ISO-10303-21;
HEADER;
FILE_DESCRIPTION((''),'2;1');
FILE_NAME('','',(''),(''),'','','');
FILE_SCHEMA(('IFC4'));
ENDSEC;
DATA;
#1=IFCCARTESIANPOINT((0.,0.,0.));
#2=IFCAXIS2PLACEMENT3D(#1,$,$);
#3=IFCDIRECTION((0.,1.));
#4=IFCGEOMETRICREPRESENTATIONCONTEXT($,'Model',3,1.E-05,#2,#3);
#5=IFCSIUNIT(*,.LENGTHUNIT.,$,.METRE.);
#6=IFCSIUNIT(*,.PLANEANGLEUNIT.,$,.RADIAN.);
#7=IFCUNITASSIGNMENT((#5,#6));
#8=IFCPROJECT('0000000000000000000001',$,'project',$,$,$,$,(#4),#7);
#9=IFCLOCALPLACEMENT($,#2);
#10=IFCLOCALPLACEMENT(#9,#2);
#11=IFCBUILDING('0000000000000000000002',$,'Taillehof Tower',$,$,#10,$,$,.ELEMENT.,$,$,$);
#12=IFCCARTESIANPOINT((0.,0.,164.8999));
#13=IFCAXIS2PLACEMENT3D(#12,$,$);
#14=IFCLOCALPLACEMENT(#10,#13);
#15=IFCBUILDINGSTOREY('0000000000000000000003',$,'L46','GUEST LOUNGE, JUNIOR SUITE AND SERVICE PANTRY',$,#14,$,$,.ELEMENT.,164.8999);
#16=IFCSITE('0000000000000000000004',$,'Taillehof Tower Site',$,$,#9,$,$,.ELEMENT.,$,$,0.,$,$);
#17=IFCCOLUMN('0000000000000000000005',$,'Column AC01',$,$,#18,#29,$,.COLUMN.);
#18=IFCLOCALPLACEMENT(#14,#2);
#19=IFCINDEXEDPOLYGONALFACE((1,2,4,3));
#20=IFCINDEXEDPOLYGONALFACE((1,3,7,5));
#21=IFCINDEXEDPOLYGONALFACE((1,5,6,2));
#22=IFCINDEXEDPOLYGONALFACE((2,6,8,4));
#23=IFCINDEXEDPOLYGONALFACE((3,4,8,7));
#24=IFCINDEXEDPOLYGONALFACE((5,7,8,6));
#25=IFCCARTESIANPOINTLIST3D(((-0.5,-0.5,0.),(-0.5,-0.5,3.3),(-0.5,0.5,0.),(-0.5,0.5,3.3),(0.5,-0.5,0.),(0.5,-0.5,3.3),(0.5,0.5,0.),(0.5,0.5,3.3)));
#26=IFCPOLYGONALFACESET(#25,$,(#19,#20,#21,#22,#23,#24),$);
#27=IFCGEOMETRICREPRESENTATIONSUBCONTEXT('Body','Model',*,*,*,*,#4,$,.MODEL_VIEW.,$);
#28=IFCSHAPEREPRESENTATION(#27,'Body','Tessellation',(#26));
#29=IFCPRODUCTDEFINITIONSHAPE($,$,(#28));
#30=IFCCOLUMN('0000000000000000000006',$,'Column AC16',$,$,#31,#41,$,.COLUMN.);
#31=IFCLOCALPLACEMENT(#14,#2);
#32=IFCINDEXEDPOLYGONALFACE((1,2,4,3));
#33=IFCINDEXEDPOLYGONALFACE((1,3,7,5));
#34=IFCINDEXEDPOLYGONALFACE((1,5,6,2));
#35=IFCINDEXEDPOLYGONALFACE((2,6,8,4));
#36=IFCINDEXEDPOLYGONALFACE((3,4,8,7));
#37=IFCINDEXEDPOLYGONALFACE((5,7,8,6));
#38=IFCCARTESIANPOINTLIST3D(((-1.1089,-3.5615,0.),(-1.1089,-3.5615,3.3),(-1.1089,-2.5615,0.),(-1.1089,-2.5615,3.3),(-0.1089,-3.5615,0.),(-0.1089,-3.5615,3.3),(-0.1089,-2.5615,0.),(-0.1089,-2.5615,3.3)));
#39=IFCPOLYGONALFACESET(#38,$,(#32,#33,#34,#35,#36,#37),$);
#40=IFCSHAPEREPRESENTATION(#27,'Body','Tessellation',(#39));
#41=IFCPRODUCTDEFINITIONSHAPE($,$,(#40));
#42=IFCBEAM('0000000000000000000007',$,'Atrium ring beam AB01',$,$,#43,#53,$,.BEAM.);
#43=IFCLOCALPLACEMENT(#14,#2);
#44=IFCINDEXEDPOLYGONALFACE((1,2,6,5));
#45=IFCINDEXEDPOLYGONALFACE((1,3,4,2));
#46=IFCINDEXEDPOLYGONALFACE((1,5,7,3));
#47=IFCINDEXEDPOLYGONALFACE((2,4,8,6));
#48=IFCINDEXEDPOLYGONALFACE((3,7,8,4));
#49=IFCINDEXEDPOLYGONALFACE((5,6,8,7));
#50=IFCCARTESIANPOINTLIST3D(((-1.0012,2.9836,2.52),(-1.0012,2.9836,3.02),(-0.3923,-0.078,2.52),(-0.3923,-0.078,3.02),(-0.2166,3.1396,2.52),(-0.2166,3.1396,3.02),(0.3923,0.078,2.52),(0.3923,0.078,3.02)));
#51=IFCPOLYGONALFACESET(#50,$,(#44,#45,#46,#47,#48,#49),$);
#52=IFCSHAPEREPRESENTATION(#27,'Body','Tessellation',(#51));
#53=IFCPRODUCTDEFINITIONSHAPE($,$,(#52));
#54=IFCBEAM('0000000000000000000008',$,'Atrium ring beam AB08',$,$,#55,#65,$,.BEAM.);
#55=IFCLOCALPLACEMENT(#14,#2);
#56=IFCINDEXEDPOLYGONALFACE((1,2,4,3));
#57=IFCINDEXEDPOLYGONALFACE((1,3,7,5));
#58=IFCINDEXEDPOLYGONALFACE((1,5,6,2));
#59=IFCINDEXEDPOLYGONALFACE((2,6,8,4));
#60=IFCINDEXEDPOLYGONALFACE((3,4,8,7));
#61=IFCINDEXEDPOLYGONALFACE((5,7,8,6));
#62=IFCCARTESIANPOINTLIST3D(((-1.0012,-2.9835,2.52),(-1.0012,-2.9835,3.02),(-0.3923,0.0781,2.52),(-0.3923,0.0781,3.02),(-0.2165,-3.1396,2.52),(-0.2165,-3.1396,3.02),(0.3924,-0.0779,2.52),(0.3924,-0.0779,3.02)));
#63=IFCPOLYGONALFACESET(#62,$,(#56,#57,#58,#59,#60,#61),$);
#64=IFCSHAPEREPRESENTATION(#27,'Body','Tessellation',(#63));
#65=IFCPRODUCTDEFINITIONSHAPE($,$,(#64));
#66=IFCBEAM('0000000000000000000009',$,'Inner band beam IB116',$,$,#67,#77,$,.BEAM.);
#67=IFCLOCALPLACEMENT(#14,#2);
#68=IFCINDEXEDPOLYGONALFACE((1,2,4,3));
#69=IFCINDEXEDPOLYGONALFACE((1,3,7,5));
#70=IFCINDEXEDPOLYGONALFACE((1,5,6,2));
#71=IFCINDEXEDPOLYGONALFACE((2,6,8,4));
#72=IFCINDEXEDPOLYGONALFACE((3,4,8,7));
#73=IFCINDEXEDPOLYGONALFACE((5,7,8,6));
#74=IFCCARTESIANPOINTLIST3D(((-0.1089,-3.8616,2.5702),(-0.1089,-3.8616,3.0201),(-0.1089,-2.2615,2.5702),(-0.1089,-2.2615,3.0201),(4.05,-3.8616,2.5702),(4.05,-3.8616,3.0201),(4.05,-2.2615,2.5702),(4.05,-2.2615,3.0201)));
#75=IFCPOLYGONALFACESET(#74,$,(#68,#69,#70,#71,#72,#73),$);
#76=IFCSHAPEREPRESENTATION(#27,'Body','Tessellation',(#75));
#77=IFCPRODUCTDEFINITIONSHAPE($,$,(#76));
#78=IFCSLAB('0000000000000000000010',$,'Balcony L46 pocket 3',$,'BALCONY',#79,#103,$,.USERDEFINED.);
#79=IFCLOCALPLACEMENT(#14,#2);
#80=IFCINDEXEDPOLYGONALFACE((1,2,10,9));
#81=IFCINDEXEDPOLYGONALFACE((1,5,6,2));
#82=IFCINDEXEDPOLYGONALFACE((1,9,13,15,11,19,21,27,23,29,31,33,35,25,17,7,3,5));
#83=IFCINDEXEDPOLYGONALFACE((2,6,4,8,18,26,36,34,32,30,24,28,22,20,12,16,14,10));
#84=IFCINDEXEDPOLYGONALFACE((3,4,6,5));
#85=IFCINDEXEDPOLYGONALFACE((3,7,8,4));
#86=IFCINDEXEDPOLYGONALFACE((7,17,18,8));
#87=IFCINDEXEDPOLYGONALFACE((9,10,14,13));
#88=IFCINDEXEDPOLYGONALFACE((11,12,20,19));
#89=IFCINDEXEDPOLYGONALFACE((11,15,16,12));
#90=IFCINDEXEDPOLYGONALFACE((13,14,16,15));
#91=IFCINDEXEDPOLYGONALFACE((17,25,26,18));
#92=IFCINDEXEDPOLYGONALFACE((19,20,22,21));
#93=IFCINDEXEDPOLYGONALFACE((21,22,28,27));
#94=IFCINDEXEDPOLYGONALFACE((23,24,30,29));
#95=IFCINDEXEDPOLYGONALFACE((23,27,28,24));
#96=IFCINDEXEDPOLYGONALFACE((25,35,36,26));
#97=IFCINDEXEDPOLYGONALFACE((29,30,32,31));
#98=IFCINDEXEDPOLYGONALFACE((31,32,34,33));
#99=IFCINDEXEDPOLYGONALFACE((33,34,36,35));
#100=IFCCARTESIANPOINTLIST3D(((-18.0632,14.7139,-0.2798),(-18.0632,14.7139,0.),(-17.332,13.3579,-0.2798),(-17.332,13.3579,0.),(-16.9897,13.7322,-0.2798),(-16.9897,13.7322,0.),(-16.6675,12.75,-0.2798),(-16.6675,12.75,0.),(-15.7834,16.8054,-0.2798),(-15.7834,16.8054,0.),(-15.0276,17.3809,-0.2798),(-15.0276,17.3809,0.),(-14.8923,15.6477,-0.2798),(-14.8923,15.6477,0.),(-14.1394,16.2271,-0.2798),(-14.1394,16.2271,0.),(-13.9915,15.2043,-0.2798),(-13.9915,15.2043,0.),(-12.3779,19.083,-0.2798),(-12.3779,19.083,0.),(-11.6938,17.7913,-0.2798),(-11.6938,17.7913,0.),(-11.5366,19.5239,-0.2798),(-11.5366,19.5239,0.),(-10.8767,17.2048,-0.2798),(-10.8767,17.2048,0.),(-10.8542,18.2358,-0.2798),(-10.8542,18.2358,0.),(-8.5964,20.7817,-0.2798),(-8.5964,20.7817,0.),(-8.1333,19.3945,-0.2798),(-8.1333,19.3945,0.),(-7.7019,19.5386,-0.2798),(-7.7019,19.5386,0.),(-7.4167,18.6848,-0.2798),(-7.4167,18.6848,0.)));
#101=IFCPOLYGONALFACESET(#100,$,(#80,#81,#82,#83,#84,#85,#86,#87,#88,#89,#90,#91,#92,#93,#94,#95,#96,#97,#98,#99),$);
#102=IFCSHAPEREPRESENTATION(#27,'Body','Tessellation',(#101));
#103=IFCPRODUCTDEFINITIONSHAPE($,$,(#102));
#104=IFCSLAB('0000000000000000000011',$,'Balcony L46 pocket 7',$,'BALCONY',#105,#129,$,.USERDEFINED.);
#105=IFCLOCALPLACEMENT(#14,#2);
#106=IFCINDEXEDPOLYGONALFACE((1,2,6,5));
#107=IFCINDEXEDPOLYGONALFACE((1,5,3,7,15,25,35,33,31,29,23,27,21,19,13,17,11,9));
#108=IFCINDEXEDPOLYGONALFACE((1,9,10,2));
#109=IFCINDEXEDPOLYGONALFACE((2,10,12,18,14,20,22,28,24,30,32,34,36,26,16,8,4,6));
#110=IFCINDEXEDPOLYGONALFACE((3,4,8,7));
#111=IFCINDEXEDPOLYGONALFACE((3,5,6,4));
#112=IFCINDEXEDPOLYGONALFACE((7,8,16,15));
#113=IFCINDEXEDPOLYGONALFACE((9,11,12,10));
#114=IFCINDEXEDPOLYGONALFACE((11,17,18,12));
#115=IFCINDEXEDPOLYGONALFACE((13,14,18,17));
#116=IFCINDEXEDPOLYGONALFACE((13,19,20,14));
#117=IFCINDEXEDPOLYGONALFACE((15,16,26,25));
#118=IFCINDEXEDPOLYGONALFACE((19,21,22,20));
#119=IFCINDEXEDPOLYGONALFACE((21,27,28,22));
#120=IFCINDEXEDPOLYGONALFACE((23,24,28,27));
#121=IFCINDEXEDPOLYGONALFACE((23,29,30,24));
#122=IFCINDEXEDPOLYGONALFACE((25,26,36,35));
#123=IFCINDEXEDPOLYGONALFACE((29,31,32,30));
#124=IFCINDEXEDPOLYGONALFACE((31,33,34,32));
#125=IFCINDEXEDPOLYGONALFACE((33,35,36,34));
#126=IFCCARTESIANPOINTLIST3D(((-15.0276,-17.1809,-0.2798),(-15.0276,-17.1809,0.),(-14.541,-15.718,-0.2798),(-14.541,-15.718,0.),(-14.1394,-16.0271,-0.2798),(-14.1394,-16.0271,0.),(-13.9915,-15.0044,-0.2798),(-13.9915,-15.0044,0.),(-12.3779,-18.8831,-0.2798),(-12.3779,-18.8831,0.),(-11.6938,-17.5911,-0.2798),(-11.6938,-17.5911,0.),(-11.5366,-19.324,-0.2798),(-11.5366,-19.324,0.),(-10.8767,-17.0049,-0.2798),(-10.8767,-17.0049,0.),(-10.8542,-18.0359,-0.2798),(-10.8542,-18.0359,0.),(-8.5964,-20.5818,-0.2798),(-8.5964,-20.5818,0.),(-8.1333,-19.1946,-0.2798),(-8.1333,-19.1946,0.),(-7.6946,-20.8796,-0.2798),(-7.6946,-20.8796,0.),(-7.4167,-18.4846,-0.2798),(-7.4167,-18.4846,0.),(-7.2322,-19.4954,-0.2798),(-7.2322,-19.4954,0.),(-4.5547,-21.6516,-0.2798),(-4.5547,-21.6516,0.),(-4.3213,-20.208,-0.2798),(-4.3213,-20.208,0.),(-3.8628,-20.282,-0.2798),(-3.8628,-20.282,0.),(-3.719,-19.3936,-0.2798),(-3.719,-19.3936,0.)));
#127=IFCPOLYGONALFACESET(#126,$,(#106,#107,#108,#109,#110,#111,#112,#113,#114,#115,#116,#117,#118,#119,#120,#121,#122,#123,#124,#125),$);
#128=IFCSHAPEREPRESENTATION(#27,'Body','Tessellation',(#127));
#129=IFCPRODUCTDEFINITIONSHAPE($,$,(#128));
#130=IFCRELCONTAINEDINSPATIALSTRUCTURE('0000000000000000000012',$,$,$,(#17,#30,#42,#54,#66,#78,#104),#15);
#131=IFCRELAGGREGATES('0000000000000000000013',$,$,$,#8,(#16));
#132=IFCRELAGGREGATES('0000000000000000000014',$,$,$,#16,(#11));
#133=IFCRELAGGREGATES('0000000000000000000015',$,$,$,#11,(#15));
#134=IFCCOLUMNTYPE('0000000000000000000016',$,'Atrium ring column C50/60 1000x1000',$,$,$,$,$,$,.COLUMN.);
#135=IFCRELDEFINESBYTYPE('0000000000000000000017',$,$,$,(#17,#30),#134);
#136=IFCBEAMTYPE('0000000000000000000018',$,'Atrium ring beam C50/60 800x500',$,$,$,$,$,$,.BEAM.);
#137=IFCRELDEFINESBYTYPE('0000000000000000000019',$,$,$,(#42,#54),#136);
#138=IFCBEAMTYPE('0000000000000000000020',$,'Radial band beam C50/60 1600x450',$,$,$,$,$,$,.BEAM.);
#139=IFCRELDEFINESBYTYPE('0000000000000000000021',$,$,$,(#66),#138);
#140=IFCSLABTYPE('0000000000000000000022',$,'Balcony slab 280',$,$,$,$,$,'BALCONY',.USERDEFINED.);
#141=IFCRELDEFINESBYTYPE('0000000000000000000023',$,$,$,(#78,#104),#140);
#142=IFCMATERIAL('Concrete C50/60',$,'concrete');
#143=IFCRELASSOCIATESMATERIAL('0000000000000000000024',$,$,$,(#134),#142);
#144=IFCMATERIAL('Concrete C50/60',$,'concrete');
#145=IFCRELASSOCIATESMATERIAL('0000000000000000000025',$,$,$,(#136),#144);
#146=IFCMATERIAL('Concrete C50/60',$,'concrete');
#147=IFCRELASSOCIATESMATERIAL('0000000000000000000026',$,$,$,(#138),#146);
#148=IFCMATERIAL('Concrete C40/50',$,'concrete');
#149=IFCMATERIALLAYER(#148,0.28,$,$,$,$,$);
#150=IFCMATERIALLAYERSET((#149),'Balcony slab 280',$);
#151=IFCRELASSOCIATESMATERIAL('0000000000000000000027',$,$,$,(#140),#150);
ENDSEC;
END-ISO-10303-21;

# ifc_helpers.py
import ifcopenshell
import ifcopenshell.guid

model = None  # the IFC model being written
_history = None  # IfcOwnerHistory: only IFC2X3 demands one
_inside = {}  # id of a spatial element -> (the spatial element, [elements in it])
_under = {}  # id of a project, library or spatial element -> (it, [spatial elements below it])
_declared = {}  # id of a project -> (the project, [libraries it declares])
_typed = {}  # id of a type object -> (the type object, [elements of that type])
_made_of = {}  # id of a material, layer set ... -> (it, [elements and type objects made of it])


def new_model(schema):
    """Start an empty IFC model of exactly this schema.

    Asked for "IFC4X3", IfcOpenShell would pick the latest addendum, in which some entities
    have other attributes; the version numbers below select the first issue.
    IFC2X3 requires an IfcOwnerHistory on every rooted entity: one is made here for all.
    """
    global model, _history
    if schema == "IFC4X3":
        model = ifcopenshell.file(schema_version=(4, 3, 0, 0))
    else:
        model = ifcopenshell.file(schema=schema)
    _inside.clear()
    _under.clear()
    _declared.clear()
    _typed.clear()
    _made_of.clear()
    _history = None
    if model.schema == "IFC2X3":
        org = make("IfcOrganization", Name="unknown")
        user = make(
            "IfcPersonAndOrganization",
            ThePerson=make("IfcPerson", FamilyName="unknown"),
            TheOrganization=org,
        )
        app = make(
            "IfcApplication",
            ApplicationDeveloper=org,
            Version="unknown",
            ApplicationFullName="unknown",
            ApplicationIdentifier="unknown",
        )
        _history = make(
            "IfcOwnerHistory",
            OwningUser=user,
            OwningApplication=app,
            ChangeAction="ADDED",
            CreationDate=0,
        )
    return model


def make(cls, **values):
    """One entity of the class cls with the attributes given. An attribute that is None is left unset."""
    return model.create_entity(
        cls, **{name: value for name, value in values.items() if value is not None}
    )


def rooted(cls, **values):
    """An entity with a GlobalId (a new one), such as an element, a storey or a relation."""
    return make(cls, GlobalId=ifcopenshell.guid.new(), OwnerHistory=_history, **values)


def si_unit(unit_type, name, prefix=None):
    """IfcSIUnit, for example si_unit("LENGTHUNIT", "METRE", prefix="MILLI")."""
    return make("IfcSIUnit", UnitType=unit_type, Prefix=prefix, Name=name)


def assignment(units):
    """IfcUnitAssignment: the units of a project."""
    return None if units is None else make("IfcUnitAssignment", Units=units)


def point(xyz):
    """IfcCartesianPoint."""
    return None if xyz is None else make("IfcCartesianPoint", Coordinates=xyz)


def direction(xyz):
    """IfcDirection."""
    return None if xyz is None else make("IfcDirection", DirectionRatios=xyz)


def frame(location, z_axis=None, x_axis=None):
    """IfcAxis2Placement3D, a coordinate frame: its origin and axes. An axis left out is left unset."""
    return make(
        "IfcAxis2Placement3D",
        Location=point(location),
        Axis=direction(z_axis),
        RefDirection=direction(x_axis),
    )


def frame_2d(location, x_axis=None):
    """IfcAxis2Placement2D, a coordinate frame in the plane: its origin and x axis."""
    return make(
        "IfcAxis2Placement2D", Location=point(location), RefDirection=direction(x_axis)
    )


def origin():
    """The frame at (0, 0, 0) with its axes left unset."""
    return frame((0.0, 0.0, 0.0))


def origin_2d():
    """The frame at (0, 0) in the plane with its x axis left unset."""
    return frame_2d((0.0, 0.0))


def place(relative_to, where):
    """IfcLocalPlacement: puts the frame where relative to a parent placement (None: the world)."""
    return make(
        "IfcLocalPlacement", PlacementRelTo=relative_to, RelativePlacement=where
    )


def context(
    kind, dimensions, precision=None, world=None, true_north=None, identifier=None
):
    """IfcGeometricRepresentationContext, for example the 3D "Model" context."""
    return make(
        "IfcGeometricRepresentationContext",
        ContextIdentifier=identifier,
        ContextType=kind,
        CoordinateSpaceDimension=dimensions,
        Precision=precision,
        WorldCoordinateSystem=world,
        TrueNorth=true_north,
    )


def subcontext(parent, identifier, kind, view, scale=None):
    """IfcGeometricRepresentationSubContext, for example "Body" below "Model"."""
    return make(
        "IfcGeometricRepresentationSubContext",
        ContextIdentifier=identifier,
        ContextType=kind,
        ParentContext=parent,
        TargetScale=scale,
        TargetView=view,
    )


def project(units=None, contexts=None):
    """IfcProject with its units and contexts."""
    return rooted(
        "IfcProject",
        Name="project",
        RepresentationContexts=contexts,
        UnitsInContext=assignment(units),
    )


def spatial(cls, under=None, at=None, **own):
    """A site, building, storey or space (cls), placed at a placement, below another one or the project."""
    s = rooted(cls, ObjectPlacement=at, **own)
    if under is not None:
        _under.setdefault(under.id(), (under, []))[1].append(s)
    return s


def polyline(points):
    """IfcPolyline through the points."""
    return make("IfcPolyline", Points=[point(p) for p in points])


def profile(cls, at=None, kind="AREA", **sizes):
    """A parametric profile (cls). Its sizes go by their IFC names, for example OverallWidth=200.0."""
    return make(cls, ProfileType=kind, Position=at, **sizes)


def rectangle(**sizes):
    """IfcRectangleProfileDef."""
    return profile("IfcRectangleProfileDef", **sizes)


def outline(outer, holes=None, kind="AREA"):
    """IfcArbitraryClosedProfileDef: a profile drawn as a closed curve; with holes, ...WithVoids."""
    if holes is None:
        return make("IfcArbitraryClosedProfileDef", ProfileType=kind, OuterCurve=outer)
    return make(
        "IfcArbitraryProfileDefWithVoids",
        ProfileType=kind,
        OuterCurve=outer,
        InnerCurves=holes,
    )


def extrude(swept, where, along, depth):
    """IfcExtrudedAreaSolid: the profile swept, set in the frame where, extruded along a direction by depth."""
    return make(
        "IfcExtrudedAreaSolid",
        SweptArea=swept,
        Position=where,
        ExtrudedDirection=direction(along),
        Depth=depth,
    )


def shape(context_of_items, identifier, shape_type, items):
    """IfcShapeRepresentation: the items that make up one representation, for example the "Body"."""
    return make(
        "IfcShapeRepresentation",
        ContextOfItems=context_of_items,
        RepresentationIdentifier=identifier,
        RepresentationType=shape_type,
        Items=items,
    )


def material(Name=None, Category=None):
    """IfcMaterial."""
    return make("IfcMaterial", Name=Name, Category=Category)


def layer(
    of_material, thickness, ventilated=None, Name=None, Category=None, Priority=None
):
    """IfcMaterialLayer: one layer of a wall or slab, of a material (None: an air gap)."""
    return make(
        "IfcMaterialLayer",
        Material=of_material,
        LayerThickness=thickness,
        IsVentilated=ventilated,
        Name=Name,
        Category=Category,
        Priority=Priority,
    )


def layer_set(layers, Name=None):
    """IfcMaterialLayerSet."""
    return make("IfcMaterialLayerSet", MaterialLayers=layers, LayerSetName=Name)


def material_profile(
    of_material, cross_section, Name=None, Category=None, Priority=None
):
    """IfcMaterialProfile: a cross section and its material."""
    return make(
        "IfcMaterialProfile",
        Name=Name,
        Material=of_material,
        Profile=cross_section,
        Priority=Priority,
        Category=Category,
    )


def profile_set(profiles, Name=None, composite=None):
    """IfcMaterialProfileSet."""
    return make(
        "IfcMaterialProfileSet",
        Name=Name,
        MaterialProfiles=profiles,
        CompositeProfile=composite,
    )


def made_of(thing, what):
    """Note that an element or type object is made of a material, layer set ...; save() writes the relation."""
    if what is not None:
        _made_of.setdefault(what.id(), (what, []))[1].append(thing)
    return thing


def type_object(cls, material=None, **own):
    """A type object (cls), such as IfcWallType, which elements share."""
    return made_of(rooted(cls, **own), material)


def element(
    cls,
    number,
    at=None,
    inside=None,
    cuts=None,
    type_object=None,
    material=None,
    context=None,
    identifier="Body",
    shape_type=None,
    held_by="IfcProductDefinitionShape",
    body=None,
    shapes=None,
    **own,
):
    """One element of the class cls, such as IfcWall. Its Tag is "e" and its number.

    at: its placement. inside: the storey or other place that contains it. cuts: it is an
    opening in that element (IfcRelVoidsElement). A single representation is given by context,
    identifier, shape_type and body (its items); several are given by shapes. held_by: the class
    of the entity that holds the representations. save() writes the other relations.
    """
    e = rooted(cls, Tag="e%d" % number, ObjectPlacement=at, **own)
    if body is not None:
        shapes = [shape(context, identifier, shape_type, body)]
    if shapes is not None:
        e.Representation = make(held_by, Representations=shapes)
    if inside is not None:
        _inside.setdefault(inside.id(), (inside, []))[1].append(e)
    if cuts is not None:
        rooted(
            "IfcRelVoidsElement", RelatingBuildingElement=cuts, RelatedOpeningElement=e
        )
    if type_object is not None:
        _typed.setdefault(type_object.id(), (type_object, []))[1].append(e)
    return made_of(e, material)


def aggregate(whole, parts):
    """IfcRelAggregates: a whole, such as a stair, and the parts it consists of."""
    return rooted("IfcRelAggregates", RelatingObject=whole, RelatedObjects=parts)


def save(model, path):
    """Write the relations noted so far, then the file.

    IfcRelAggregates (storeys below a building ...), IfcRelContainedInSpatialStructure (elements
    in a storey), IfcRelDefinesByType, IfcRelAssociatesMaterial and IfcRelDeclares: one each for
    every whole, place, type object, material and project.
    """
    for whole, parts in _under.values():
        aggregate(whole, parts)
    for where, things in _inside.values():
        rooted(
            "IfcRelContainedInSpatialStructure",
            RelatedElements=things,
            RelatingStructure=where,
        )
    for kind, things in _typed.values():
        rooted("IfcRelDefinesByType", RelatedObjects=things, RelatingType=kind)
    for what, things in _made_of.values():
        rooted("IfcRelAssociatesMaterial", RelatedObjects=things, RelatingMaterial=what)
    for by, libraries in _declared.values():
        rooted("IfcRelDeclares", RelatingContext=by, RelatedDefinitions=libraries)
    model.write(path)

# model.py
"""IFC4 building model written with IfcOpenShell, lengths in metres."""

from ifc_helpers import new_model, si_unit, direction, frame, origin, origin_2d, place, context, subcontext, project, spatial, polyline, rectangle, outline, extrude, material, layer, layer_set, material_profile, profile_set, type_object, element, save


model = new_model("IFC4")

# Units and contexts
model_context = context("Model", 3, precision=1e-05, world=origin(), true_north=direction((0.0, 1.0)))
body_context = subcontext(model_context, "Body", "Model", "MODEL_VIEW")
ifc_project = project(units=[si_unit("LENGTHUNIT", "METRE"), si_unit("PLANEANGLEUNIT", "RADIAN")], contexts=[model_context])

# Site, building, storey
site_placement = place(None, origin())
site = spatial("IfcSite", under=ifc_project, at=site_placement, Name="Taillehof Tower Site", CompositionType="ELEMENT", RefElevation=0.0)
building_placement = place(site_placement, origin())
building = spatial("IfcBuilding", under=site, at=building_placement, Name="Taillehof Tower", CompositionType="ELEMENT")
storey_placement = place(building_placement, frame((0.0, 0.0, 164.8999)))
storey = spatial("IfcBuildingStorey", under=building, at=storey_placement, Name="L46", Description="GUEST LOUNGE, JUNIOR SUITE AND SERVICE PANTRY", CompositionType="ELEMENT", Elevation=164.8999)

# Columns
ifc_material_1 = material(Name="Concrete C50/60", Category="concrete")
ifc_material_profile_1 = material_profile(ifc_material_1, rectangle(XDim=1.0, YDim=1.0, at=origin_2d()), Name="RC 1000x1000")
ifc_profile_set_1 = profile_set([ifc_material_profile_1], Name="Concrete C50/60")
column_type = type_object("IfcColumnType", Name="Atrium ring column C50/60 1000x1000", PredefinedType="COLUMN", material=ifc_profile_set_1)
for number, where, z_axis, x_axis, name in (
    (1, (0.0, 0.0, 0.0), (0.0, 0.0, 1.0), (1.0, 0.0, 0.0), "Column AC01"),
    (2, (-0.6089, -3.0615, 0.0), (0.0, 0.0, 1.0), (1.0, 0.0, 0.0), "Column AC16"),
):
    element("IfcColumn", number, at=place(storey_placement, frame(where, z_axis=z_axis, x_axis=x_axis)), inside=storey, type_object=column_type, Name=name, PredefinedType="COLUMN", context=body_context, shape_type="SweptSolid", body=[
        extrude(rectangle(XDim=1.0, YDim=1.0, at=origin_2d()), origin(), (0.0, 0.0, 1.0), 3.3),
    ])

# Beams
ifc_material_2 = material(Name="Concrete C50/60", Category="concrete")
ifc_material_profile_2 = material_profile(ifc_material_2, rectangle(XDim=0.8, YDim=0.5, at=origin_2d()), Name="RC 800x500")
ifc_profile_set_2 = profile_set([ifc_material_profile_2], Name="Concrete C50/60")
beam_type_1 = type_object("IfcBeamType", Name="Atrium ring beam C50/60 800x500", PredefinedType="BEAM", material=ifc_profile_set_2)
for number, where, z_axis, x_axis, name in (
    (3, (0.0, 0.0, 2.77), (-0.195063, 0.980791, 0.0), (-0.980791, -0.195063, 0.0), "Atrium ring beam AB01"),
    (4, (-0.6089, -3.0615, 2.77), (0.195063, 0.980791, 0.0), (-0.980791, 0.195063, 0.0), "Atrium ring beam AB08"),
):
    element("IfcBeam", number, at=place(storey_placement, frame(where, z_axis=z_axis, x_axis=x_axis)), inside=storey, type_object=beam_type_1, Name=name, PredefinedType="BEAM", context=body_context, shape_type="SweptSolid", body=[
        extrude(rectangle(XDim=0.8, YDim=0.5, at=origin_2d()), origin(), (0.0, 0.0, 1.0), 3.1216),
    ])
ifc_material_3 = material(Name="Concrete C50/60", Category="concrete")
ifc_material_profile_3 = material_profile(ifc_material_3, rectangle(XDim=1.6001, YDim=0.45, at=origin_2d()), Name="RC 1600x450")
ifc_profile_set_3 = profile_set([ifc_material_profile_3], Name="Concrete C50/60")
beam_type_2 = type_object("IfcBeamType", Name="Radial band beam C50/60 1600x450", PredefinedType="BEAM", material=ifc_profile_set_3)
beam_placement = place(storey_placement, frame((-0.1089, -3.0615, 2.7952), z_axis=(1.0, 0.0, 0.0), x_axis=(0.0, 1.0, 0.0)))
element("IfcBeam", 5, at=beam_placement, inside=storey, type_object=beam_type_2, Name="Inner band beam IB116", PredefinedType="BEAM", context=body_context, shape_type="SweptSolid", body=[
    extrude(rectangle(XDim=1.6001, YDim=0.45, at=origin_2d()), origin(), (0.0, 0.0, 1.0), 4.1589),
])

# Slabs
ifc_material_4 = material(Name="Concrete C40/50", Category="concrete")
ifc_layer_1 = layer(ifc_material_4, 0.28)
ifc_layer_set_1 = layer_set([ifc_layer_1], Name="Balcony slab 280")
slab_type_1 = type_object("IfcSlabType", Name="Balcony slab 280", ElementType="BALCONY", PredefinedType="USERDEFINED", material=ifc_layer_set_1)
slab_1_placement = place(storey_placement, frame((0.0, 0.0, -0.2798)))
element("IfcSlab", 6, at=slab_1_placement, inside=storey, type_object=slab_type_1, Name="Balcony L46 pocket 3", ObjectType="BALCONY", PredefinedType="USERDEFINED", context=body_context, shape_type="SweptSolid", body=[
    extrude(outline(polyline([(-16.6675, 12.75), (-17.332, 13.3579), (-16.9897, 13.7322), (-18.0632, 14.7139), (-15.7834, 16.8054), (-14.8923, 15.6477), (-14.1394, 16.2271), (-15.0276, 17.3809), (-12.3779, 19.083), (-11.6938, 17.7913), (-10.8542, 18.2358), (-11.5366, 19.5239), (-8.5964, 20.7817), (-8.1333, 19.3945), (-7.7019, 19.5386), (-7.4167, 18.6848), (-10.8767, 17.2048), (-13.9915, 15.2043), (-16.6675, 12.75)])), origin(), (0.0, 0.0, 1.0), 0.2798),
])
slab_2_placement = place(storey_placement, frame((0.0, 0.0, -0.2798)))
element("IfcSlab", 7, at=slab_2_placement, inside=storey, type_object=slab_type_1, Name="Balcony L46 pocket 7", ObjectType="BALCONY", PredefinedType="USERDEFINED", context=body_context, shape_type="SweptSolid", body=[
    extrude(outline(polyline([(-3.719, -19.3936), (-3.8628, -20.282), (-4.3213, -20.208), (-4.5547, -21.6516), (-7.6946, -20.8796), (-7.2322, -19.4954), (-8.1333, -19.1946), (-8.5964, -20.5818), (-11.5366, -19.324), (-10.8542, -18.0359), (-11.6938, -17.5911), (-12.3779, -18.8831), (-15.0276, -17.1809), (-14.1394, -16.0271), (-14.541, -15.718), (-13.9915, -15.0044), (-10.8767, -17.0049), (-7.4167, -18.4846), (-3.719, -19.3936)])), origin(), (0.0, 0.0, 1.0), 0.2798),
])

save(model, "model.ifc")
